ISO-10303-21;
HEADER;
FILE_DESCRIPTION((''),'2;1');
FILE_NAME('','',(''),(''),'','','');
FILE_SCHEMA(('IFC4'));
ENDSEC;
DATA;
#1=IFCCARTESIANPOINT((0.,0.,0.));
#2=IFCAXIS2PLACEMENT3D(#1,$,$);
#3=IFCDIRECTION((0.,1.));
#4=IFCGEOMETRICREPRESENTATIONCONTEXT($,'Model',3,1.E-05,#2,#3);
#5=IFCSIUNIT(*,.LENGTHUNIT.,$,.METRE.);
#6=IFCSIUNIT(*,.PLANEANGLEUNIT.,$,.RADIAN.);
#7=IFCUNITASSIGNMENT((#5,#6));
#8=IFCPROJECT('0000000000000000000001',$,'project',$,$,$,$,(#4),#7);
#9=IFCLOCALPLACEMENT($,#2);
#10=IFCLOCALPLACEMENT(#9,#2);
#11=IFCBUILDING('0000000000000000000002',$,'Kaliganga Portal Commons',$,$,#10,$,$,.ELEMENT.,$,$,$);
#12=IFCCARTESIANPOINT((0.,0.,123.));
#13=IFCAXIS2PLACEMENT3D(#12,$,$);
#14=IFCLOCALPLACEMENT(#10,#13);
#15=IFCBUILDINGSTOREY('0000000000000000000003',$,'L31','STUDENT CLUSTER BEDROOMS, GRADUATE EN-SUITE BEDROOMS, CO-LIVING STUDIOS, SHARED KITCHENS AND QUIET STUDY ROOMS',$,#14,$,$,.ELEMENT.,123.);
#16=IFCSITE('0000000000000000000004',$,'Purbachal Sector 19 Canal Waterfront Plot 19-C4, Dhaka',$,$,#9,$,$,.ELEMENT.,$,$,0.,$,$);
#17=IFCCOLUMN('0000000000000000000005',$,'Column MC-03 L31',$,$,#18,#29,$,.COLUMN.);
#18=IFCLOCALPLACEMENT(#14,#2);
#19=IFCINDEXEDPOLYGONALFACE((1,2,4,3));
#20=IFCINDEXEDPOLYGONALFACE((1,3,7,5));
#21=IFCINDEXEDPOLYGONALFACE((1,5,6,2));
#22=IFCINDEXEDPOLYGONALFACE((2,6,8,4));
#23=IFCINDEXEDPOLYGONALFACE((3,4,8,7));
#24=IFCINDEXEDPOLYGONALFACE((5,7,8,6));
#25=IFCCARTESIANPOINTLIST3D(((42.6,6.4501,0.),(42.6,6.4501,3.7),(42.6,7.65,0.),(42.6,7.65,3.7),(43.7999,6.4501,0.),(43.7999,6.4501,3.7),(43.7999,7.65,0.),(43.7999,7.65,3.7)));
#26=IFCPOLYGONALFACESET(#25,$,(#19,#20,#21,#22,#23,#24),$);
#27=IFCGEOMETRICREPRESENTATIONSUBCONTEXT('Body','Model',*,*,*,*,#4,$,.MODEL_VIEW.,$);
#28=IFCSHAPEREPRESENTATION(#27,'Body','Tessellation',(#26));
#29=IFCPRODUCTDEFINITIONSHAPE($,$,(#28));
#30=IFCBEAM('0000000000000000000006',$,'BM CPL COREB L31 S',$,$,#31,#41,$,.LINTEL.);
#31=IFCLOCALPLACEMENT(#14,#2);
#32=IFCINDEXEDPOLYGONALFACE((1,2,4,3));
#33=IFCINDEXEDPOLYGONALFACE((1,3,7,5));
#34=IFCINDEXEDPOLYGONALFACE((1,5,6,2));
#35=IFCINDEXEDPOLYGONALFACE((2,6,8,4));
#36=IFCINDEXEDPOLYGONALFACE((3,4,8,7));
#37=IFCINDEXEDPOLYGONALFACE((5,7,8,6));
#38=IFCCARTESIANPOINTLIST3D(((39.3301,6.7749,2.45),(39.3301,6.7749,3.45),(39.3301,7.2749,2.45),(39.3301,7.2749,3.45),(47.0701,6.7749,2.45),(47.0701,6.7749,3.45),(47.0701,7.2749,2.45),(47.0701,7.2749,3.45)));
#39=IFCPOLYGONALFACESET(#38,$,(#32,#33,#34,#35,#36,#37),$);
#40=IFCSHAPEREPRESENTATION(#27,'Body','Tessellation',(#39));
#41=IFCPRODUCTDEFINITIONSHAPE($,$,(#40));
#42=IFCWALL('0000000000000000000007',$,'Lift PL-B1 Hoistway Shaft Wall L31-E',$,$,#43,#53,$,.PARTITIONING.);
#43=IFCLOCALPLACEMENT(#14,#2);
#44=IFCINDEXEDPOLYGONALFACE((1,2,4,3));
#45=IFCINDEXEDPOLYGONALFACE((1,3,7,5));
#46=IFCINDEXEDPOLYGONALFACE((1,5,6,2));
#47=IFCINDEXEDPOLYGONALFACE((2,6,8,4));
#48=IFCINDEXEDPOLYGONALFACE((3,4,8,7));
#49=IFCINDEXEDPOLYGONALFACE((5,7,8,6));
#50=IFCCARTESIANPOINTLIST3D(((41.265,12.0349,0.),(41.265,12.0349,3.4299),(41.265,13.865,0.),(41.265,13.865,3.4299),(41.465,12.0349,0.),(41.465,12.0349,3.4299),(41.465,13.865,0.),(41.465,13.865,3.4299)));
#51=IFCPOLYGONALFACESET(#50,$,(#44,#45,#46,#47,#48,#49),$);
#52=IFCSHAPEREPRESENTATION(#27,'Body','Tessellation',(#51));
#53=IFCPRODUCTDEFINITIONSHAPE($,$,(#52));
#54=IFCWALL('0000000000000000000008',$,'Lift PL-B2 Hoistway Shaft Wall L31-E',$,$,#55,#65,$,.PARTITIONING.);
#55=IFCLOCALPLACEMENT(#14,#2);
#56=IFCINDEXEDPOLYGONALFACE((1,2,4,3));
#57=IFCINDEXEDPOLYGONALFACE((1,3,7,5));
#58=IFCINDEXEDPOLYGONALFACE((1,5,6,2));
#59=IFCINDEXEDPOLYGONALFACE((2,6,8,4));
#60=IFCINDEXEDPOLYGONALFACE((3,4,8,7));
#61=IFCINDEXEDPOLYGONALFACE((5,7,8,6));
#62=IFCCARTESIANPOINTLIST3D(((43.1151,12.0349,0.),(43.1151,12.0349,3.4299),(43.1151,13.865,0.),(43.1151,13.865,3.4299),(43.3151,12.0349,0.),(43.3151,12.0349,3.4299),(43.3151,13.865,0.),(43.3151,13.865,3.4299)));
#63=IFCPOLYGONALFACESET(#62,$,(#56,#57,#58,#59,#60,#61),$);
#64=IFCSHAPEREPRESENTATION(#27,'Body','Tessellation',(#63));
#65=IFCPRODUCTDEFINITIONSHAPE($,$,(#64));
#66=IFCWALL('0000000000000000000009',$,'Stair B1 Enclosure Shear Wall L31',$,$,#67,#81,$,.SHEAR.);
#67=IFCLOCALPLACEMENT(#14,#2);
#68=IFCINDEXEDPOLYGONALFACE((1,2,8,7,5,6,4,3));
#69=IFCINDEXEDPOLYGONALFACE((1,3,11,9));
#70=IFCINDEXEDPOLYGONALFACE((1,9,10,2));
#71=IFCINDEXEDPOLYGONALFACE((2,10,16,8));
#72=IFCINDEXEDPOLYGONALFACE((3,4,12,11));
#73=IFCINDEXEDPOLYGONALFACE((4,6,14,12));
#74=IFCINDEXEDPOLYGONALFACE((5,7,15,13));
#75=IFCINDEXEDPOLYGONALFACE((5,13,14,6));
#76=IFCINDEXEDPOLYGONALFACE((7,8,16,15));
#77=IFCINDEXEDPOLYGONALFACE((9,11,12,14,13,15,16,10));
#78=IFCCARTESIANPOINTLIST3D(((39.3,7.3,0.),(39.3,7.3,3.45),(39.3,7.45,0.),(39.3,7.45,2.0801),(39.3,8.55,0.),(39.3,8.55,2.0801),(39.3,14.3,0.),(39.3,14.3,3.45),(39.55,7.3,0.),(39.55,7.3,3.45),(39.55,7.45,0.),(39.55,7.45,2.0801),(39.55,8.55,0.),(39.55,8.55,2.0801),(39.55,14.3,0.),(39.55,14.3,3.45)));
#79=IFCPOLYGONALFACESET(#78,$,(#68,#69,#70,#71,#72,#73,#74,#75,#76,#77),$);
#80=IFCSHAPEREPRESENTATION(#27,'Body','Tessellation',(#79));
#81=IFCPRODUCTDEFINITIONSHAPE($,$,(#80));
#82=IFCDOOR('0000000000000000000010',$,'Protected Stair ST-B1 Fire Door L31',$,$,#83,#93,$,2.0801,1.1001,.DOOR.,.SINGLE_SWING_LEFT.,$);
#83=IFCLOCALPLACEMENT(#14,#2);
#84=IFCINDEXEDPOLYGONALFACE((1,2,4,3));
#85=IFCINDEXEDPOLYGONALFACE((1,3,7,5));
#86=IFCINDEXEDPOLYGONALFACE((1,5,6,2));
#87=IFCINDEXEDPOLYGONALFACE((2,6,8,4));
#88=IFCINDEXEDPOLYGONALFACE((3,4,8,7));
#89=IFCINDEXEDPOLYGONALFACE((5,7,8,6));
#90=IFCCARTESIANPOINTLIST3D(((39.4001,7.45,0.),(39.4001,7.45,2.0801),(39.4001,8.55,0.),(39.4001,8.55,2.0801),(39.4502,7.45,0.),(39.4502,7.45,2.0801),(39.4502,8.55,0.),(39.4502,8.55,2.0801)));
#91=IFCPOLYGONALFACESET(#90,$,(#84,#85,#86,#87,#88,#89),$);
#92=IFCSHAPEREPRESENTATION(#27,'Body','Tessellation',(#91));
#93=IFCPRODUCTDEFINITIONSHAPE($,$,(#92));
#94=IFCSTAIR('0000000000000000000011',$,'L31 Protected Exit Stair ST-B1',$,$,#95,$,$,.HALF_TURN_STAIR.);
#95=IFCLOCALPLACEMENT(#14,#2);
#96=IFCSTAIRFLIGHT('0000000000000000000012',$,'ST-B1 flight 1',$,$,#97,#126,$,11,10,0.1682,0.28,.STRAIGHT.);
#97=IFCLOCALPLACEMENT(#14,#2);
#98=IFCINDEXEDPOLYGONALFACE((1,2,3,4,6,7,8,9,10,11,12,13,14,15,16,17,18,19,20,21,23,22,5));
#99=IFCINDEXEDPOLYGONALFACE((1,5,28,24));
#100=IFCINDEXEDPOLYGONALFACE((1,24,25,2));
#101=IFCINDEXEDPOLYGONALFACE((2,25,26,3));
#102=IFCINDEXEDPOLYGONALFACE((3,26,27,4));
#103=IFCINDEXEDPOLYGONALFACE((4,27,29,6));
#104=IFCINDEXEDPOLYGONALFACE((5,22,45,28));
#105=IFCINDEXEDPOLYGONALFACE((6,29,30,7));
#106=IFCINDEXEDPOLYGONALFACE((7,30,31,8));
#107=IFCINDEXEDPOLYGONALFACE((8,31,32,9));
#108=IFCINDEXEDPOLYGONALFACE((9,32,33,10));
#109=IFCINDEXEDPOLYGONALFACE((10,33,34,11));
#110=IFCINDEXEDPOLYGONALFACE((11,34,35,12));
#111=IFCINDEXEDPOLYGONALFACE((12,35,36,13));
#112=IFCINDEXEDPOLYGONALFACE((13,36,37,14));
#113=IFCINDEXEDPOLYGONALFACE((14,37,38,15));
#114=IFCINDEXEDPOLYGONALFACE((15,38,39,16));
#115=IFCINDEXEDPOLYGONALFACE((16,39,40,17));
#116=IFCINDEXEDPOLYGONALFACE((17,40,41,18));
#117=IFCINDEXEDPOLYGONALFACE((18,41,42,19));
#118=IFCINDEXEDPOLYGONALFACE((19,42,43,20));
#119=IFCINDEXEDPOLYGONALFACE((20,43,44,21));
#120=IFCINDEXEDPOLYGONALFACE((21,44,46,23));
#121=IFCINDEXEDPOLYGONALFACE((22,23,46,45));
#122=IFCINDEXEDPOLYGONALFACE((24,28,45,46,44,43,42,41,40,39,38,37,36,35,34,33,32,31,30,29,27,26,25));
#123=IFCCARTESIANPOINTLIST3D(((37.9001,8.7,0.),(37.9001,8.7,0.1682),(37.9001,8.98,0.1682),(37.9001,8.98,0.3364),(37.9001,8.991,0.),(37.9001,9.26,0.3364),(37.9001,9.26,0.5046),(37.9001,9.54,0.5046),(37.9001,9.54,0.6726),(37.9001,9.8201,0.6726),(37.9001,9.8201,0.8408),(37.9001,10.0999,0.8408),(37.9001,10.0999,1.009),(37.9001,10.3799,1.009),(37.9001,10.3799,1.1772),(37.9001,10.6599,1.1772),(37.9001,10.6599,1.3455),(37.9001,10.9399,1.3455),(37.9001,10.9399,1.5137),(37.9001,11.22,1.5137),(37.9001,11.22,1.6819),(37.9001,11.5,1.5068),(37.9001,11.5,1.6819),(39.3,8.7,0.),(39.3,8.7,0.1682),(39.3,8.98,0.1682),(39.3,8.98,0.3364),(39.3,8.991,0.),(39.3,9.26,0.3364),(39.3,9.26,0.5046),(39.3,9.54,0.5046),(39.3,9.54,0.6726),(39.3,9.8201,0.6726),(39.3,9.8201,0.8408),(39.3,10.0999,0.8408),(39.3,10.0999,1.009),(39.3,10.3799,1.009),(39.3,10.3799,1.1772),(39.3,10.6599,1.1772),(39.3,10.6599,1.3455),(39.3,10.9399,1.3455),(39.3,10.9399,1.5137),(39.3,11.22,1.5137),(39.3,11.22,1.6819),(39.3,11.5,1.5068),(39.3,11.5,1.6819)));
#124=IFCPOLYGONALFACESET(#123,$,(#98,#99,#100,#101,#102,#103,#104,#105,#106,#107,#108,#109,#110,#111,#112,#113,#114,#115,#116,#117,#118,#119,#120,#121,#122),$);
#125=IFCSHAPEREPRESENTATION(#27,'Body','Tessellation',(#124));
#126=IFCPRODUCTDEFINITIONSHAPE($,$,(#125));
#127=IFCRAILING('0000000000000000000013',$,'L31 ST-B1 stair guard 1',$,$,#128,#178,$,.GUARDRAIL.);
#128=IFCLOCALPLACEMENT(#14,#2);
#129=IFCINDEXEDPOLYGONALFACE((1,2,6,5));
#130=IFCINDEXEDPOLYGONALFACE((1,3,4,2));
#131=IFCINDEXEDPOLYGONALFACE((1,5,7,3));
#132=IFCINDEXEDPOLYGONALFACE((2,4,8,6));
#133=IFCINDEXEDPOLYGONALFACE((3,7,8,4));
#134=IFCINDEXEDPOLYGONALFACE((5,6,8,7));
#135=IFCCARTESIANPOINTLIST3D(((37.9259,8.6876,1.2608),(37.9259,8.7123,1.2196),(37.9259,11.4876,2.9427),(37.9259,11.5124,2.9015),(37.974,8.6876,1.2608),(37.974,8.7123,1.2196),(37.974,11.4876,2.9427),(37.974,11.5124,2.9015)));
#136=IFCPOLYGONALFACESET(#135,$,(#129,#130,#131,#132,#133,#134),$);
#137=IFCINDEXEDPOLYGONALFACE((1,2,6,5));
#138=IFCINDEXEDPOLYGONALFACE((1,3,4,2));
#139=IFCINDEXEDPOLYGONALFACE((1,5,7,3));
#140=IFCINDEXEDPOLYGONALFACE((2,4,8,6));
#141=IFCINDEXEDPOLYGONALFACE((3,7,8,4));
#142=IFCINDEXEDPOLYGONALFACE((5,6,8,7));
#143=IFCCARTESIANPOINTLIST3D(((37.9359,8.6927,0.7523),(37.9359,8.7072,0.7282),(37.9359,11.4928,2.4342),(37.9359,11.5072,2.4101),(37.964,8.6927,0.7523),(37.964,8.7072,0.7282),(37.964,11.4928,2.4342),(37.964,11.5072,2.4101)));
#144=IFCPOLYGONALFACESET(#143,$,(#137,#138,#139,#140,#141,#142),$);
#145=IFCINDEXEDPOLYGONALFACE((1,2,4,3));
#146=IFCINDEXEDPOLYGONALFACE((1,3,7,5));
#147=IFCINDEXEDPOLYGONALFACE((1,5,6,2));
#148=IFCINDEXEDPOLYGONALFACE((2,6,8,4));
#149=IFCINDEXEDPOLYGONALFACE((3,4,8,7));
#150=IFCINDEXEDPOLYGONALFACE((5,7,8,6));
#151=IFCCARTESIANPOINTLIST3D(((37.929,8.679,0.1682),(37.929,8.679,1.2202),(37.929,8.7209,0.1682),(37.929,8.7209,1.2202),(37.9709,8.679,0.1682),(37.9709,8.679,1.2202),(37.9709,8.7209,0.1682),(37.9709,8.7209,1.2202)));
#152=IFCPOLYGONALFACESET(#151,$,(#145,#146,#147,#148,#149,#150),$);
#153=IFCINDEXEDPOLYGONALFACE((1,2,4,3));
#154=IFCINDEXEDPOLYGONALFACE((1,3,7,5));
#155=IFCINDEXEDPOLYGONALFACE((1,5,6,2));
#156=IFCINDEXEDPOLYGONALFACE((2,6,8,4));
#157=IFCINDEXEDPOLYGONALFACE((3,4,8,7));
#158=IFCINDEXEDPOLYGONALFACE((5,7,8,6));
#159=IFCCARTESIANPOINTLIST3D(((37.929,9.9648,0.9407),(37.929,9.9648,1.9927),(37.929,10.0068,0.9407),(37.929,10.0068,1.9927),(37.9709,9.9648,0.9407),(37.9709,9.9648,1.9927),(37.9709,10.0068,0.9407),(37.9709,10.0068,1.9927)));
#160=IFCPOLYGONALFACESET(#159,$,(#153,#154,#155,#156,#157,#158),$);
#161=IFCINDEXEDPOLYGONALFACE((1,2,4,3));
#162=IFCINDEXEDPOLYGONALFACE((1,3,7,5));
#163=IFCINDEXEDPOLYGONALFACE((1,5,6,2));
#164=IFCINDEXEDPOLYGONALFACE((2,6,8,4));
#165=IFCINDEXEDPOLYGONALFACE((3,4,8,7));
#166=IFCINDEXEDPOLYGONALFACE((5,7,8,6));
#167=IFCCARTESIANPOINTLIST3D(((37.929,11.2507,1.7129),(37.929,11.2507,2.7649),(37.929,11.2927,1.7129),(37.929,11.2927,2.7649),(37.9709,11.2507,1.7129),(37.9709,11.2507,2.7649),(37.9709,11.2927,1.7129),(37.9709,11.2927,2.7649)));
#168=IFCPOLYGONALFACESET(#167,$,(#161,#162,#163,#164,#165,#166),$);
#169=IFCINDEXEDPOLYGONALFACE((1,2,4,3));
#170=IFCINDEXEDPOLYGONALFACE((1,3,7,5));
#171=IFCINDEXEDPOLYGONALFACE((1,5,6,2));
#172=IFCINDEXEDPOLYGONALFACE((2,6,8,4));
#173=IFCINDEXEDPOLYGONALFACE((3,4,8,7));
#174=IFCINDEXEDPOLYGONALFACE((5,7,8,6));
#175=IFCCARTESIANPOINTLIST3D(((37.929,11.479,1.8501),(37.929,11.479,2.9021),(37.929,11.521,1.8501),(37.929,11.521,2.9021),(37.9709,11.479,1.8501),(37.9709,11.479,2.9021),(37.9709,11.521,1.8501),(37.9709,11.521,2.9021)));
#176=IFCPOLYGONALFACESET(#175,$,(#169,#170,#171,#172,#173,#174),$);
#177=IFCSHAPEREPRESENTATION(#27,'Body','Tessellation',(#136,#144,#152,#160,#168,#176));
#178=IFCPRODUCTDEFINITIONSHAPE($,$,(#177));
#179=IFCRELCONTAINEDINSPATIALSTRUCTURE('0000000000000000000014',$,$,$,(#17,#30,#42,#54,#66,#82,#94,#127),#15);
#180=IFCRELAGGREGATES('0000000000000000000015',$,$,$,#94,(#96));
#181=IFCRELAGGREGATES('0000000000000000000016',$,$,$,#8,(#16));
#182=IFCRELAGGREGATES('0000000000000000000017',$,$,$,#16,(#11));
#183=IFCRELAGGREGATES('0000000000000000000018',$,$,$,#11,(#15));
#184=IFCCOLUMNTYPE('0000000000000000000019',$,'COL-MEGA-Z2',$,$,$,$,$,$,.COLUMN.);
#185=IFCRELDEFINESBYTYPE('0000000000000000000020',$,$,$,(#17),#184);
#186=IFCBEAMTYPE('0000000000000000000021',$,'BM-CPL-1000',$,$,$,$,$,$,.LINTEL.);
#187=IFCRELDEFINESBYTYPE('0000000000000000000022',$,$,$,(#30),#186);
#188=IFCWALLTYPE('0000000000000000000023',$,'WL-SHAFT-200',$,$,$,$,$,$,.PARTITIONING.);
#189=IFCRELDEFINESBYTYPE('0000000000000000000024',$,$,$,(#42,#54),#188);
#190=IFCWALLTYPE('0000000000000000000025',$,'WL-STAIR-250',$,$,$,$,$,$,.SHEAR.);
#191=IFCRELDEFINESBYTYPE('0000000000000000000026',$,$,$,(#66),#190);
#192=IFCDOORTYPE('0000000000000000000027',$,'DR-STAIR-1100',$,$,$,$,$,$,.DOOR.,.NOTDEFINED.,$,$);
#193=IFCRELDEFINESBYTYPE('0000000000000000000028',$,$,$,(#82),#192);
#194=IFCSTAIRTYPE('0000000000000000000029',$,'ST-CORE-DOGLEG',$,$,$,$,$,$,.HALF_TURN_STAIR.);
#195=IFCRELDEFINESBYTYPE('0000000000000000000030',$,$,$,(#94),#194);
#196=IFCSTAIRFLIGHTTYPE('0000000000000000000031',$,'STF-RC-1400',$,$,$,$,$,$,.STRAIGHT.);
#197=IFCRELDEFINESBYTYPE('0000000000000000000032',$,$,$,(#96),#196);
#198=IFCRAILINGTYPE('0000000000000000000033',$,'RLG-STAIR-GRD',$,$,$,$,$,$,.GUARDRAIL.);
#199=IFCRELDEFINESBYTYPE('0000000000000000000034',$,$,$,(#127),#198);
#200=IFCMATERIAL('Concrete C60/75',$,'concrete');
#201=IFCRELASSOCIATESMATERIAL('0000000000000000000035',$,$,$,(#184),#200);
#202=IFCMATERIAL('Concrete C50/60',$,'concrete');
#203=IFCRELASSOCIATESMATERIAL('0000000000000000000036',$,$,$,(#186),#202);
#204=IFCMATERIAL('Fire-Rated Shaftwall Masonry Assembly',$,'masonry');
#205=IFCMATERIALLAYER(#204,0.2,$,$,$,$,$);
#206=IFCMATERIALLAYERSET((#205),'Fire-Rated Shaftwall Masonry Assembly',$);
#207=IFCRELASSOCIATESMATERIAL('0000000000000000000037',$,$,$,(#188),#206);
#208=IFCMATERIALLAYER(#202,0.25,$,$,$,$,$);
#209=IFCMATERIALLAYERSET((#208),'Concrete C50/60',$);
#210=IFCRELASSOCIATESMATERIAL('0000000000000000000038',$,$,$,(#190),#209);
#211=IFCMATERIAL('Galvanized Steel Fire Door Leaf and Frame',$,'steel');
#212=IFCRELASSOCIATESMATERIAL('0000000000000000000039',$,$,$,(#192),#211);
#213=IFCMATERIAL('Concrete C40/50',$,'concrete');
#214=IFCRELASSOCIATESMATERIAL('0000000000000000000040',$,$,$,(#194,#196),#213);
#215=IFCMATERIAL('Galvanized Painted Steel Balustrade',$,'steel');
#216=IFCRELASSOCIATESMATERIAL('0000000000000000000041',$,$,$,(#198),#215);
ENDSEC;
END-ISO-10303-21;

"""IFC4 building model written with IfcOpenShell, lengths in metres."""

from ifc_helpers import new_model, si_unit, direction, frame, frame_2d, origin, origin_2d, place, context, subcontext, project, spatial, polyline, rectangle, outline, extrude, source, transform, mapped, material, layer, layer_set, material_profile, profile_set, type_object, element, fill, aggregate, save


model = new_model("IFC4")

# Units and contexts
model_context = context("Model", 3, precision=1e-05, world=origin(), true_north=direction((0.0, 1.0)))
body_context = subcontext(model_context, "Body", "Model", "MODEL_VIEW")
ifc_project = project(units=[si_unit("LENGTHUNIT", "METRE"), si_unit("PLANEANGLEUNIT", "RADIAN")], contexts=[model_context])

# Site, building, storey
site_placement = place(None, origin())
site = spatial("IfcSite", under=ifc_project, at=site_placement, Name="Purbachal Sector 19 Canal Waterfront Plot 19-C4, Dhaka", CompositionType="ELEMENT", RefElevation=0.0)
building_placement = place(site_placement, origin())
building = spatial("IfcBuilding", under=site, at=building_placement, Name="Kaliganga Portal Commons", CompositionType="ELEMENT")
storey_placement = place(building_placement, frame((0.0, 0.0, 123.0)))
storey = spatial("IfcBuildingStorey", under=building, at=storey_placement, Name="L31", Description="STUDENT CLUSTER BEDROOMS, GRADUATE EN-SUITE BEDROOMS, CO-LIVING STUDIOS, SHARED KITCHENS AND QUIET STUDY ROOMS", CompositionType="ELEMENT", Elevation=123.0)

# Column
ifc_material_1 = material(Name="Concrete C60/75", Category="concrete")
ifc_material_profile_1 = material_profile(ifc_material_1, rectangle(XDim=1.2, YDim=1.2, at=origin_2d()), Name="RC 1200x1200")
ifc_profile_set_1 = profile_set([ifc_material_profile_1], Name="Concrete C60/75")
column_type = type_object("IfcColumnType", Name="COL-MEGA-Z2", PredefinedType="COLUMN", material=ifc_profile_set_1)
shared_shape_1 = source(origin(), body_context, "Body", "SweptSolid", [
    extrude(rectangle(XDim=1.2, YDim=1.2, at=origin_2d()), origin(), (0.0, 0.0, 1.0), 3.7),
])
column_placement = place(storey_placement, frame((43.2, 7.05, 0.0), z_axis=(0.0, 0.0, 1.0), x_axis=(1.0, 0.0, 0.0)))
element("IfcColumn", 1, at=column_placement, inside=storey, type_object=column_type, Name="Column MC-03 L31", PredefinedType="COLUMN", context=body_context, shape_type="MappedRepresentation", body=[
    mapped(shared_shape_1, transform((0.0, 0.0, 0.0), x_axis=(1.0, 0.0, 0.0), y_axis=(0.0, 1.0, 0.0), z_axis=(0.0, 0.0, 1.0), scale=1.0)),
])

# Beam
ifc_material_2 = material(Name="Concrete C50/60", Category="concrete")
ifc_material_profile_2 = material_profile(ifc_material_2, rectangle(XDim=0.5, YDim=1.0, at=origin_2d()), Name="RC 500x1000")
ifc_profile_set_2 = profile_set([ifc_material_profile_2], Name="Concrete C50/60")
beam_type = type_object("IfcBeamType", Name="BM-CPL-1000", PredefinedType="LINTEL", material=ifc_profile_set_2)
shared_shape_2 = source(origin(), body_context, "Body", "SweptSolid", [
    extrude(rectangle(XDim=0.5, YDim=1.0, at=origin_2d()), origin(), (0.0, 0.0, 1.0), 7.74),
])
beam_placement = place(storey_placement, frame((39.3301, 7.0249, 2.95), z_axis=(1.0, 0.0, 0.0), x_axis=(0.0, 1.0, 0.0)))
element("IfcBeam", 2, at=beam_placement, inside=storey, type_object=beam_type, Name="BM CPL COREB L31 S", PredefinedType="LINTEL", context=body_context, shape_type="MappedRepresentation", body=[
    mapped(shared_shape_2, transform((0.0, 0.0, 0.0), x_axis=(1.0, 0.0, 0.0), y_axis=(0.0, 1.0, 0.0), z_axis=(0.0, 0.0, 1.0), scale=1.0)),
])

# Shared definitions
ifc_material_3 = material(Name="Fire-Rated Shaftwall Masonry Assembly", Category="masonry")
ifc_layer_1 = layer(ifc_material_3, 0.2)
ifc_layer_set_1 = layer_set([ifc_layer_1], Name="Fire-Rated Shaftwall Masonry Assembly")
wall_type_1 = type_object("IfcWallType", Name="WL-SHAFT-200", PredefinedType="PARTITIONING", material=ifc_layer_set_1)

# Wall
wall_1_placement = place(storey_placement, frame((41.365, 12.0349, 0.0), z_axis=(0.0, 0.0, 1.0), x_axis=(0.0, 1.0, 0.0)))
element("IfcWall", 3, at=wall_1_placement, inside=storey, type_object=wall_type_1, Name="Lift PL-B1 Hoistway Shaft Wall L31-E", PredefinedType="PARTITIONING", context=body_context, shape_type="SweptSolid", body=[
    extrude(rectangle(XDim=1.8301, YDim=0.2, at=frame_2d((0.915, 0.0))), origin(), (0.0, 0.0, 1.0), 3.4299),
])

# Wall
wall_2_placement = place(storey_placement, frame((43.2151, 12.0349, 0.0), z_axis=(0.0, 0.0, 1.0), x_axis=(0.0, 1.0, 0.0)))
element("IfcWall", 4, at=wall_2_placement, inside=storey, type_object=wall_type_1, Name="Lift PL-B2 Hoistway Shaft Wall L31-E", PredefinedType="PARTITIONING", context=body_context, shape_type="SweptSolid", body=[
    extrude(rectangle(XDim=1.8301, YDim=0.2, at=frame_2d((0.915, 0.0))), origin(), (0.0, 0.0, 1.0), 3.4299),
])

# Wall, opening, door
ifc_layer_2 = layer(ifc_material_2, 0.25)
ifc_layer_set_2 = layer_set([ifc_layer_2], Name="Concrete C50/60")
wall_type_2 = type_object("IfcWallType", Name="WL-STAIR-250", PredefinedType="SHEAR", material=ifc_layer_set_2)
wall_3_placement = place(storey_placement, frame((39.425, 7.3, 0.0), z_axis=(0.0, 0.0, 1.0), x_axis=(0.0, 1.0, 0.0)))
wall_3 = element("IfcWall", 5, at=wall_3_placement, inside=storey, type_object=wall_type_2, Name="Stair B1 Enclosure Shear Wall L31", PredefinedType="SHEAR", context=body_context, shape_type="SweptSolid", body=[
    extrude(rectangle(XDim=7.0, YDim=0.25, at=frame_2d((3.5, 0.0))), origin(), (0.0, 0.0, 1.0), 3.45),
])
opening_1_placement = place(wall_3_placement, frame((0.1499, 0.0, 0.0)))
opening_1 = element("IfcOpeningElement", 6, at=opening_1_placement, cuts=wall_3, PredefinedType="OPENING", context=body_context, shape_type="SweptSolid", body=[
    extrude(rectangle(XDim=1.1001, YDim=2.0801, at=frame_2d((0.55, 1.04))), frame((0.0, 0.135, 0.0), z_axis=(0.0, -1.0, 0.0), x_axis=(1.0, 0.0, 0.0)), (0.0, 0.0, 1.0), 0.27),
])
ifc_material_4 = material(Name="Galvanized Steel Fire Door Leaf and Frame", Category="steel")
door_type_1 = type_object("IfcDoorType", Name="DR-STAIR-1100", OperationType="NOTDEFINED", PredefinedType="DOOR", material=ifc_material_4)
door_1_placement = place(opening_1_placement, origin())
door_1 = element("IfcDoor", 7, at=door_1_placement, inside=storey, type_object=door_type_1, Name="Protected Stair ST-B1 Fire Door L31", OperationType="SINGLE_SWING_LEFT", OverallHeight=2.0801, OverallWidth=1.1001, PredefinedType="DOOR", context=body_context, shape_type="SweptSolid", body=[
    extrude(rectangle(XDim=1.1001, YDim=2.0801, at=frame_2d((0.55, 1.04))), frame((0.0, 0.0249, 0.0), z_axis=(0.0, -1.0, 0.0), x_axis=(1.0, 0.0, 0.0)), (0.0, 0.0, 1.0), 0.05),
])
fill(opening_1, door_1)

# Stair, stair flight
ifc_material_5 = material(Name="Concrete C40/50", Category="concrete")
stair_type = type_object("IfcStairType", Name="ST-CORE-DOGLEG", PredefinedType="HALF_TURN_STAIR", material=ifc_material_5)
stair_placement = place(storey_placement, origin())
stair = element("IfcStair", 8, at=stair_placement, inside=storey, type_object=stair_type, Name="L31 Protected Exit Stair ST-B1", PredefinedType="HALF_TURN_STAIR")
stair_flight_type = type_object("IfcStairFlightType", Name="STF-RC-1400", PredefinedType="STRAIGHT", material=ifc_material_5)
stair_flight_placement = place(storey_placement, frame((38.6001, 8.7, 0.0), z_axis=(0.0, 0.0, 1.0), x_axis=(0.0, 1.0, 0.0)))
stair_flight = element("IfcStairFlight", 9, at=stair_flight_placement, type_object=stair_flight_type, Name="ST-B1 flight 1", NumberOfRisers=11, NumberOfTreads=10, PredefinedType="STRAIGHT", RiserHeight=0.1682, TreadLength=0.28, context=body_context, shape_type="SweptSolid", body=[
    extrude(outline(polyline([(0.0, 0.0), (0.0, 0.1682), (0.28, 0.1682), (0.28, 0.3364), (0.5601, 0.3364), (0.5601, 0.5046), (0.8401, 0.5046), (0.8401, 0.6726), (1.1201, 0.6726), (1.1201, 0.8408), (1.3999, 0.8408), (1.3999, 1.009), (1.6799, 1.009), (1.6799, 1.1772), (1.96, 1.1772), (1.96, 1.3455), (2.24, 1.3455), (2.24, 1.5137), (2.52, 1.5137), (2.52, 1.6819), (2.8, 1.6819), (2.8, 1.8501), (2.8, 1.5068), (0.291, 0.0), (0.0, 0.0)])), frame((0.0, 0.7, 0.0), z_axis=(0.0, -1.0, 0.0), x_axis=(1.0, 0.0, 0.0)), (0.0, 0.0, 1.0), 1.3999),
])
aggregate(stair, [stair_flight])

# Railing
ifc_material_6 = material(Name="Galvanized Painted Steel Balustrade", Category="steel")
railing_type_1 = type_object("IfcRailingType", Name="RLG-STAIR-GRD", PredefinedType="GUARDRAIL", material=ifc_material_6)
railing_1_placement = place(storey_placement, frame((37.95, 8.7, 0.1682)))
element("IfcRailing", 10, at=railing_1_placement, inside=storey, type_object=railing_type_1, Name="L31 ST-B1 stair guard 1", PredefinedType="GUARDRAIL", context=body_context, shape_type="SweptSolid", body=[
    extrude(rectangle(XDim=0.0481, YDim=0.0481, at=origin_2d()), frame((0.0, 0.0, 1.072), z_axis=(0.0, 0.857242, 0.514913), x_axis=(-1.0, 0.0, 0.0)), (0.0, 0.0, 1.0), 3.2664),
    extrude(rectangle(XDim=0.0281, YDim=0.0281, at=origin_2d()), frame((0.0, 0.0, 0.572), z_axis=(0.0, 0.857242, 0.514913), x_axis=(-1.0, 0.0, 0.0)), (0.0, 0.0, 1.0), 3.2664),
    extrude(rectangle(XDim=0.042, YDim=0.042, at=origin_2d()), origin(), (0.0, 0.0, 1.0), 1.052),
    extrude(rectangle(XDim=0.042, YDim=0.042, at=origin_2d()), frame((0.0, 1.2859, 0.7725)), (0.0, 0.0, 1.0), 1.052),
    extrude(rectangle(XDim=0.042, YDim=0.042, at=origin_2d()), frame((0.0, 2.5718, 1.5447)), (0.0, 0.0, 1.0), 1.052),
    extrude(rectangle(XDim=0.042, YDim=0.042, at=origin_2d()), frame((0.0, 2.8, 1.6819)), (0.0, 0.0, 1.0), 1.052),
])

save(model, "model.ifc")
